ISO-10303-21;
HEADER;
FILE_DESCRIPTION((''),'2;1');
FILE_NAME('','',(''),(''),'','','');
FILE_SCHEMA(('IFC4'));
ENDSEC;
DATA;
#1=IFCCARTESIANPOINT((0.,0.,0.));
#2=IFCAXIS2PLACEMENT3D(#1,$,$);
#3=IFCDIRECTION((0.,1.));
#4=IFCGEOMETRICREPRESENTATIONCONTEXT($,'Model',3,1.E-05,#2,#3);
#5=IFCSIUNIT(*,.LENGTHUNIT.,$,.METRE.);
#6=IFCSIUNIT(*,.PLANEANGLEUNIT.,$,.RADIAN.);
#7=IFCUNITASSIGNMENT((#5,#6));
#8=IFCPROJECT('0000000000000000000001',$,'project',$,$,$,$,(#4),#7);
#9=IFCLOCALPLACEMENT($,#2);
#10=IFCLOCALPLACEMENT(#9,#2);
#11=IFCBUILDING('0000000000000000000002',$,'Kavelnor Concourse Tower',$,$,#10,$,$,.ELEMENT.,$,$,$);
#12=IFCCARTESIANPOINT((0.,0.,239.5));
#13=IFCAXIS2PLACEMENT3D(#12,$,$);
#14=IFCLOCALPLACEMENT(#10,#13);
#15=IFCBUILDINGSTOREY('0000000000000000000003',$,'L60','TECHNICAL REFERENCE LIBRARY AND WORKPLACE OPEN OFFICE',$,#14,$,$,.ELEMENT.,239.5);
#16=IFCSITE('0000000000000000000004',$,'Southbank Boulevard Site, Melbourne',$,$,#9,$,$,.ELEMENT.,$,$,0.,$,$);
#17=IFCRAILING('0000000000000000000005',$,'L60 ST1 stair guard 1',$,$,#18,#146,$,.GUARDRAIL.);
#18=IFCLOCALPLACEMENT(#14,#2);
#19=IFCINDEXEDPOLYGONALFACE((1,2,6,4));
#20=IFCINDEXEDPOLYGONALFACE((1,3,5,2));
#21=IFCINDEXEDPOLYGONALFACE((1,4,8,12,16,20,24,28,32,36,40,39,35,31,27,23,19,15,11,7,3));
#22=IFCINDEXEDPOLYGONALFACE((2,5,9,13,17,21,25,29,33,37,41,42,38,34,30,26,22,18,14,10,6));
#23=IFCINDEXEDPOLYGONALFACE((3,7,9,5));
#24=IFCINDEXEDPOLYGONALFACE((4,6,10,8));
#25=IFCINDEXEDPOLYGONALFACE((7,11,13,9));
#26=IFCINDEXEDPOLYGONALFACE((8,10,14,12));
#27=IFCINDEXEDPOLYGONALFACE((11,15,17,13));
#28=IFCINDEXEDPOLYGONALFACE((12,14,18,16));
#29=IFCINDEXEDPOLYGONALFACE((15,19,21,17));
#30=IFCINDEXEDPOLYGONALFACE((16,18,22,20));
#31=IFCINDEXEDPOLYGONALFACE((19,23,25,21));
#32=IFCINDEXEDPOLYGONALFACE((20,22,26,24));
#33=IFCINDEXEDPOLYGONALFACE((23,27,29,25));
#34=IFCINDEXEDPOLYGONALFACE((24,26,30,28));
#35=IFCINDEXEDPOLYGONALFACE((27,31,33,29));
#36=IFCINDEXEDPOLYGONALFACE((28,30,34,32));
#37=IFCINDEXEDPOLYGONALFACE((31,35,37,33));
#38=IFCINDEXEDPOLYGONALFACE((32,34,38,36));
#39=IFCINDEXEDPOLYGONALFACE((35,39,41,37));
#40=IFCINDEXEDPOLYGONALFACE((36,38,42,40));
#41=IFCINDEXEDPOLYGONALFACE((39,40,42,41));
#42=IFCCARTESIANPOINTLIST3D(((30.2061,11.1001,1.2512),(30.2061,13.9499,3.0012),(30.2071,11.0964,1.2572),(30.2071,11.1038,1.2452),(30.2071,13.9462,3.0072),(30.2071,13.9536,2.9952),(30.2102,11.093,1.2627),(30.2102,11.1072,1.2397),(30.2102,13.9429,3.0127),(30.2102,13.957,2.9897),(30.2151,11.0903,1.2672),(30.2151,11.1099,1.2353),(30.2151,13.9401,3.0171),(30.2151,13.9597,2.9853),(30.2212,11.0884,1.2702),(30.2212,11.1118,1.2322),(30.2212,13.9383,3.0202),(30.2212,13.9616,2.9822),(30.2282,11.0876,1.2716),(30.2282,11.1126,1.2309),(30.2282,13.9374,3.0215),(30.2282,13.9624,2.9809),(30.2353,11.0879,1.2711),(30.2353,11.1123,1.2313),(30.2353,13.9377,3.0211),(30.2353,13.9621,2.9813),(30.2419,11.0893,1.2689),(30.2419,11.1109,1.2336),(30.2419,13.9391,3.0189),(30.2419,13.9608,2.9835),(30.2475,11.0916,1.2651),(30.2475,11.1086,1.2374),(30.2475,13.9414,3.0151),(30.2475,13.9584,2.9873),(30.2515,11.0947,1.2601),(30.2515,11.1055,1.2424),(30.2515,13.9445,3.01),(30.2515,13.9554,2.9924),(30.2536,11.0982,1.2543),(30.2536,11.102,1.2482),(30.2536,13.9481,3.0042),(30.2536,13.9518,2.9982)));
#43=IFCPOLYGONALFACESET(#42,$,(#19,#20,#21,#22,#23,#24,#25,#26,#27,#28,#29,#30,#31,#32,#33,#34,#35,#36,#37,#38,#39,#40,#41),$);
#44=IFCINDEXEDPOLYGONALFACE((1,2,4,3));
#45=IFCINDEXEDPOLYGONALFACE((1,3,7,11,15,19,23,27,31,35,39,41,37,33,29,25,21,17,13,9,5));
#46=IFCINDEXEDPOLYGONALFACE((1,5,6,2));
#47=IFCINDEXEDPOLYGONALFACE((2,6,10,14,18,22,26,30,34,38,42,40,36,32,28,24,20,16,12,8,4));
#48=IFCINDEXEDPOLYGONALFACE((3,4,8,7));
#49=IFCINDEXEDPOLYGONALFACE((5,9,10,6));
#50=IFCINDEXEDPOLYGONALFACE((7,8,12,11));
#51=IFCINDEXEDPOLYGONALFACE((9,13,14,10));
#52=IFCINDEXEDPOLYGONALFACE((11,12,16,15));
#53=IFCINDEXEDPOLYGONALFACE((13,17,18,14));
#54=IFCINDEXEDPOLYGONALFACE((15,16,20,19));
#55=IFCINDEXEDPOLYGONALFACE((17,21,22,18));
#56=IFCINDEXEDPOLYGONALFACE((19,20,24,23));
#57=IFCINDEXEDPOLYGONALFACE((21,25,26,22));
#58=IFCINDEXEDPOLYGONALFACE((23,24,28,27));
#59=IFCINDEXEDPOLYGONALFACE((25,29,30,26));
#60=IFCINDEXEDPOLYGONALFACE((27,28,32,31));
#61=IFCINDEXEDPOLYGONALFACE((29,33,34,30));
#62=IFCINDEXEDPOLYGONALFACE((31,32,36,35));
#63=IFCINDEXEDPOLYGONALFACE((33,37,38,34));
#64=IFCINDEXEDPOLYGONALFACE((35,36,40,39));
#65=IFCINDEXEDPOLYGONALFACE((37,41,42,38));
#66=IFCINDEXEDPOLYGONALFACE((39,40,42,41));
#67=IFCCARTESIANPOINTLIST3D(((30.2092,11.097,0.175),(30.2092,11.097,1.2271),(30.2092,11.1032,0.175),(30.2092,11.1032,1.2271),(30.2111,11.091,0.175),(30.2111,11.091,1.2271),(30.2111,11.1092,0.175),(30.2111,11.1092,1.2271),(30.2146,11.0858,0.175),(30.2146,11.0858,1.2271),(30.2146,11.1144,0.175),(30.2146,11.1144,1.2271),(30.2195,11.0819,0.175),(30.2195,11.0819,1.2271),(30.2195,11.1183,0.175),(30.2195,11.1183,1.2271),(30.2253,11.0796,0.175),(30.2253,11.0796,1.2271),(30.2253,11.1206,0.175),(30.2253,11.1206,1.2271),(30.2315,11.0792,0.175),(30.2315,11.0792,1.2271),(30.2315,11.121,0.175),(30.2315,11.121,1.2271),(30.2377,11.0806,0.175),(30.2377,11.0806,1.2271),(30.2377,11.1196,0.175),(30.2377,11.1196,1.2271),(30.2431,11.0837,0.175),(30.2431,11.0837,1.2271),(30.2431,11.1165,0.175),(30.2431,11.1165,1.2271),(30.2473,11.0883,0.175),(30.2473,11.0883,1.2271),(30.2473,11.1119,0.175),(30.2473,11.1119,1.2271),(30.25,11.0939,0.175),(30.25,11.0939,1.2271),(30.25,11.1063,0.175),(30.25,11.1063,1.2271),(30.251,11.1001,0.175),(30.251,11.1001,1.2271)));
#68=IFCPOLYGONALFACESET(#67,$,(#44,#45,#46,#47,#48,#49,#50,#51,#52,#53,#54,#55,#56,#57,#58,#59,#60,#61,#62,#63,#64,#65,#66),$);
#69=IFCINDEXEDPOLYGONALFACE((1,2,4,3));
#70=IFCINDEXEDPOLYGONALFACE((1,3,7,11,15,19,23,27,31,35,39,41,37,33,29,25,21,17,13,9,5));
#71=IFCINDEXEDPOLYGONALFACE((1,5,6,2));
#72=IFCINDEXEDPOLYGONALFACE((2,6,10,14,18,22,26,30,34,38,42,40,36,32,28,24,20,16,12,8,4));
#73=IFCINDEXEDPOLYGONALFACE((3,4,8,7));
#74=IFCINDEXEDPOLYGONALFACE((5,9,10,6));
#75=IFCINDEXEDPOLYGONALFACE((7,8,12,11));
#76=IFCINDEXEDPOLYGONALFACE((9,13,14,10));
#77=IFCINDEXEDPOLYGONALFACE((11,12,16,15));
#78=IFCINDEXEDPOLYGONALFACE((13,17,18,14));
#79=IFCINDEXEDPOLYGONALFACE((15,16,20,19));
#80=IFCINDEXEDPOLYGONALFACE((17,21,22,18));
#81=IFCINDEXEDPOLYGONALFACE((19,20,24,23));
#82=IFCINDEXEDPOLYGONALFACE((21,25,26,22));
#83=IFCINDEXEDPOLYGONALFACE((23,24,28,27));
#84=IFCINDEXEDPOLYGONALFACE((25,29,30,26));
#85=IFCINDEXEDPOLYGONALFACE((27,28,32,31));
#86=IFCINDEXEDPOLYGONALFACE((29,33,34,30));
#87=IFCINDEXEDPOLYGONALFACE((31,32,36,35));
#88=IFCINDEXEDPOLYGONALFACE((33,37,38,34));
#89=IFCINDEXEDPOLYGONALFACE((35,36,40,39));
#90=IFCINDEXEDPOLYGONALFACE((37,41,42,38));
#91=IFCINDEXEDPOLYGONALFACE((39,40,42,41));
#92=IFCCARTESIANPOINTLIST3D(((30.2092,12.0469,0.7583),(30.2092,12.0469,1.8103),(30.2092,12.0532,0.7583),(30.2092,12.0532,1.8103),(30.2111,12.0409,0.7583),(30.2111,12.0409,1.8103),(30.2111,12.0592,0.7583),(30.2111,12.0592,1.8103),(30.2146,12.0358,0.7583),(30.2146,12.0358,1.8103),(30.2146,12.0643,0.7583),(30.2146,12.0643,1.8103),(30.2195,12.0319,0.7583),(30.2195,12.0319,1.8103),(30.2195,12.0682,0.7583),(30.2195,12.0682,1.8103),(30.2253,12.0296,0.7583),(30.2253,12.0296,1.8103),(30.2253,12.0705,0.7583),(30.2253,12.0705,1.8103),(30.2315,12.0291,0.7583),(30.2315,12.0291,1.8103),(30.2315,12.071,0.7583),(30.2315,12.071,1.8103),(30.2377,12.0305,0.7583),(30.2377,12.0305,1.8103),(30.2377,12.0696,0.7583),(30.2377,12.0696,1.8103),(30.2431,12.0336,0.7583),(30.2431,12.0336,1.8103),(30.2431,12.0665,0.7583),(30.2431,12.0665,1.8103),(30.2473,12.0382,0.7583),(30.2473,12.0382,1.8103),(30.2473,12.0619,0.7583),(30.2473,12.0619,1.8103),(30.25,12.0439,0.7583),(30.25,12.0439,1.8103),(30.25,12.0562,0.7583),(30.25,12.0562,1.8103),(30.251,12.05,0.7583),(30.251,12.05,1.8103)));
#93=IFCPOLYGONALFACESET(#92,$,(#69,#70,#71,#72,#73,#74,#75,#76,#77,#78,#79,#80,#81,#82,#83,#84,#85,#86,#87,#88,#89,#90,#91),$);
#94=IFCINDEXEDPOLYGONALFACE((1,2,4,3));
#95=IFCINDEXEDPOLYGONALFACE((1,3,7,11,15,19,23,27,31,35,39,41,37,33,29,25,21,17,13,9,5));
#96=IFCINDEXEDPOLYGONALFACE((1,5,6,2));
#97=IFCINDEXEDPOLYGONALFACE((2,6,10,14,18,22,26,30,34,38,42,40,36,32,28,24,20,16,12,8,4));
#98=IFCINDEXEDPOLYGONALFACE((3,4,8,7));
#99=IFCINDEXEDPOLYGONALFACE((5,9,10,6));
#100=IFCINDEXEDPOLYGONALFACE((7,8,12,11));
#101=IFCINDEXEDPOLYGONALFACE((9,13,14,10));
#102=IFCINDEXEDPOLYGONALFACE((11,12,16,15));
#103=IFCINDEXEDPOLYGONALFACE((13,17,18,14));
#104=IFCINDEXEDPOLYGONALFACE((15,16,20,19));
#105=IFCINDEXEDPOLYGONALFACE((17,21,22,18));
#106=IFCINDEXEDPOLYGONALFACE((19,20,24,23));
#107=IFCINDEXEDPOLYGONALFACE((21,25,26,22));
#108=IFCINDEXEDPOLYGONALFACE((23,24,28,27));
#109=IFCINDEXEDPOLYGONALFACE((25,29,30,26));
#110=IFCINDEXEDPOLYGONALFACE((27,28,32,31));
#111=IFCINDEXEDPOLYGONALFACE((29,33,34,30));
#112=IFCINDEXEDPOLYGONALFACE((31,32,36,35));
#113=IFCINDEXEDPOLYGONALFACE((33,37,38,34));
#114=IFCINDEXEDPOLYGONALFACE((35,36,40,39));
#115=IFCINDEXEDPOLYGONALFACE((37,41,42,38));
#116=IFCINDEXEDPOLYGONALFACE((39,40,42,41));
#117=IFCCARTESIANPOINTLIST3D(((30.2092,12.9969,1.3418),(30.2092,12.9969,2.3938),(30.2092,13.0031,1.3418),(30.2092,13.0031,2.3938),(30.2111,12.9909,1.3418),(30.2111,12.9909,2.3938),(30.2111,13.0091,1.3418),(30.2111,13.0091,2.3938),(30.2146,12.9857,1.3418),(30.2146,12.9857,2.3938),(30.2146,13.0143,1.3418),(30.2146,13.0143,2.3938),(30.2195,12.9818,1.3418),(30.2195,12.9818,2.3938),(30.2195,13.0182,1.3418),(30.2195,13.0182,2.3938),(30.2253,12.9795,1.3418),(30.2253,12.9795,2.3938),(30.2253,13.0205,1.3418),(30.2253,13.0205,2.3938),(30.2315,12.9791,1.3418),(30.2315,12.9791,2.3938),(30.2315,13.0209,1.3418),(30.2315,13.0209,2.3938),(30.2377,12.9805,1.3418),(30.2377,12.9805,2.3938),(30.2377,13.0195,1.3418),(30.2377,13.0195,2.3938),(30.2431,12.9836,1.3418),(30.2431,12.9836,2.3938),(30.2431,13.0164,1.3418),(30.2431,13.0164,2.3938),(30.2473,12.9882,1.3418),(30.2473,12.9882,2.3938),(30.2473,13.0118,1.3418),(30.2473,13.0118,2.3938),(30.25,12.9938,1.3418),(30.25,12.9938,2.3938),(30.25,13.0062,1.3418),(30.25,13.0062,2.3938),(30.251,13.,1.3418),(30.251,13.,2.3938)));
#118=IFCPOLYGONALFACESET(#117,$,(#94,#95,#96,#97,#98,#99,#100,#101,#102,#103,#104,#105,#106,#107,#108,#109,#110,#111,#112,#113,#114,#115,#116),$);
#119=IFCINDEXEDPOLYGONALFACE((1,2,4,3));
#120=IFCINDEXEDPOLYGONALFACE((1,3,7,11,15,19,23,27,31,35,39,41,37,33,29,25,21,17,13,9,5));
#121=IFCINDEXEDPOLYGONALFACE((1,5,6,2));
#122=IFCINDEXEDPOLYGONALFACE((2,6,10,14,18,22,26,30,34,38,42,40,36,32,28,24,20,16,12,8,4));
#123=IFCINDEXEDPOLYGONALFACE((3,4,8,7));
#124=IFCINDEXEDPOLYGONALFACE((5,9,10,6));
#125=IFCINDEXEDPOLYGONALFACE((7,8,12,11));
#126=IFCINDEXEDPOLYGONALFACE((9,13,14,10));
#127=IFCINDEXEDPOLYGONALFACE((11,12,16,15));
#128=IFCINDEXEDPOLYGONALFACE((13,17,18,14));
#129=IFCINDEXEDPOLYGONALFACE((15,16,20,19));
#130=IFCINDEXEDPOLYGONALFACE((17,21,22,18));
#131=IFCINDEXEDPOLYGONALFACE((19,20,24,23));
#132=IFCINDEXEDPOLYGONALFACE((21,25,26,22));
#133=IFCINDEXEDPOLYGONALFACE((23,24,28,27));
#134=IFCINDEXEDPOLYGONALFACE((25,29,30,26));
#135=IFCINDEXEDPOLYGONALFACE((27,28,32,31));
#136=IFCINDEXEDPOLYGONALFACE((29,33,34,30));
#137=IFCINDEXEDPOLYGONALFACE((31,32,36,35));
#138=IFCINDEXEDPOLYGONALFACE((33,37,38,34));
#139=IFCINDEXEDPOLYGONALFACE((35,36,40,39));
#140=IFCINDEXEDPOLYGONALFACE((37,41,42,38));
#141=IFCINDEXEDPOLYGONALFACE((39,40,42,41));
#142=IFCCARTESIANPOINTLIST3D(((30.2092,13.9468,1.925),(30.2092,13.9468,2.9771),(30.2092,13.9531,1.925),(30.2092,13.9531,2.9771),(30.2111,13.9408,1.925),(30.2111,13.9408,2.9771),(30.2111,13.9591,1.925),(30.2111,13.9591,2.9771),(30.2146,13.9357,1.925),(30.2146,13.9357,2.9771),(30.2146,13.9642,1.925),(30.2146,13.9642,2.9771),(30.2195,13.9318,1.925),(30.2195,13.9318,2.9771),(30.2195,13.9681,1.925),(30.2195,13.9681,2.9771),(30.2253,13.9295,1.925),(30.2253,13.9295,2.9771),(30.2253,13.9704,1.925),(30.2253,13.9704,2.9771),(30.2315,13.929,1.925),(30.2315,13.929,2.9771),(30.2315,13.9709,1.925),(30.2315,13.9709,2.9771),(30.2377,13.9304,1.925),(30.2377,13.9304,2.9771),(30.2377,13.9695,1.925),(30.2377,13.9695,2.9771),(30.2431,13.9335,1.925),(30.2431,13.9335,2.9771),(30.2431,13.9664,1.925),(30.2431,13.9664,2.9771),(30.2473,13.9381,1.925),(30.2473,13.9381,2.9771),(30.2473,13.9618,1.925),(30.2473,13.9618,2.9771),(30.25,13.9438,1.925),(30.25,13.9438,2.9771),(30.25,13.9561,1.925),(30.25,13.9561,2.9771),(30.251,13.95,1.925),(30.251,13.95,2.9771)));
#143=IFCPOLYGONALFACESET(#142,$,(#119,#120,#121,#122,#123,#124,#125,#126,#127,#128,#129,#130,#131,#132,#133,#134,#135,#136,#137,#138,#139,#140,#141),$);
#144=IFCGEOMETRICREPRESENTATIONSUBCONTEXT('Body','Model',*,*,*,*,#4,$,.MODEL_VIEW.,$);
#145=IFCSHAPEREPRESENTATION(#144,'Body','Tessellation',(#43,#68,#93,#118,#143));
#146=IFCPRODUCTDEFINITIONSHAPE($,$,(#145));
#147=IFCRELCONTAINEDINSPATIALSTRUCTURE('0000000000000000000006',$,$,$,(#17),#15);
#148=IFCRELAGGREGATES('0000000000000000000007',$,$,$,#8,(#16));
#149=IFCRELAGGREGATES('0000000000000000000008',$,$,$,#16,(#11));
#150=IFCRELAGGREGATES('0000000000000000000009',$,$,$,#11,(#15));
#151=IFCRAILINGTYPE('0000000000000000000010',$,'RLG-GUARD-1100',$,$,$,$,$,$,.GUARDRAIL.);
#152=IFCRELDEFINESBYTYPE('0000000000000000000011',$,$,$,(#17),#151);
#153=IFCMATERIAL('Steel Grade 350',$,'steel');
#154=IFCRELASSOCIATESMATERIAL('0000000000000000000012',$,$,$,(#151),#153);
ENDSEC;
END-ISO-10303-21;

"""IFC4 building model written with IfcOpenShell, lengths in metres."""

from ifc_helpers import new_model, si_unit, direction, frame, origin, origin_2d, place, context, subcontext, project, spatial, circle, extrude, material, type_object, element, save


model = new_model("IFC4")

# Units and contexts
model_context = context("Model", 3, precision=1e-05, world=origin(), true_north=direction((0.0, 1.0)))
body_context = subcontext(model_context, "Body", "Model", "MODEL_VIEW")
ifc_project = project(units=[si_unit("LENGTHUNIT", "METRE"), si_unit("PLANEANGLEUNIT", "RADIAN")], contexts=[model_context])

# Site, building, storey
site_placement = place(None, origin())
site = spatial("IfcSite", under=ifc_project, at=site_placement, Name="Southbank Boulevard Site, Melbourne", CompositionType="ELEMENT", RefElevation=0.0)
building_placement = place(site_placement, origin())
building = spatial("IfcBuilding", under=site, at=building_placement, Name="Kavelnor Concourse Tower", CompositionType="ELEMENT")
storey_placement = place(building_placement, frame((0.0, 0.0, 239.5)))
storey = spatial("IfcBuildingStorey", under=building, at=storey_placement, Name="L60", Description="TECHNICAL REFERENCE LIBRARY AND WORKPLACE OPEN OFFICE", CompositionType="ELEMENT", Elevation=239.5)

# Shared definitions
ifc_material_1 = material(Name="Steel Grade 350", Category="steel")

# Railing
railing_type_1 = type_object("IfcRailingType", Name="RLG-GUARD-1100", PredefinedType="GUARDRAIL", material=ifc_material_1)
railing_1_placement = place(storey_placement, frame((30.23, 11.1001, 0.175)))
element("IfcRailing", 1, at=railing_1_placement, inside=storey, type_object=railing_type_1, Name="L60 ST1 stair guard 1", PredefinedType="GUARDRAIL", context=body_context, shape_type="SweptSolid", body=[
    extrude(circle(Radius=0.0239, at=origin_2d()), frame((0.0, 0.0, 1.0762), z_axis=(0.0, 0.852159, 0.523283), x_axis=(-1.0, 0.0, 0.0)), (0.0, 0.0, 1.0), 3.3442),
    extrude(circle(Radius=0.021, at=origin_2d()), origin(), (0.0, 0.0, 1.0), 1.052),
    extrude(circle(Radius=0.021, at=origin_2d()), frame((0.0, 0.95, 0.5833)), (0.0, 0.0, 1.0), 1.052),
    extrude(circle(Radius=0.021, at=origin_2d()), frame((0.0, 1.8999, 1.1667)), (0.0, 0.0, 1.0), 1.052),
    extrude(circle(Radius=0.021, at=origin_2d()), frame((0.0, 2.8499, 1.75)), (0.0, 0.0, 1.0), 1.052),
])

save(model, "model.ifc")
